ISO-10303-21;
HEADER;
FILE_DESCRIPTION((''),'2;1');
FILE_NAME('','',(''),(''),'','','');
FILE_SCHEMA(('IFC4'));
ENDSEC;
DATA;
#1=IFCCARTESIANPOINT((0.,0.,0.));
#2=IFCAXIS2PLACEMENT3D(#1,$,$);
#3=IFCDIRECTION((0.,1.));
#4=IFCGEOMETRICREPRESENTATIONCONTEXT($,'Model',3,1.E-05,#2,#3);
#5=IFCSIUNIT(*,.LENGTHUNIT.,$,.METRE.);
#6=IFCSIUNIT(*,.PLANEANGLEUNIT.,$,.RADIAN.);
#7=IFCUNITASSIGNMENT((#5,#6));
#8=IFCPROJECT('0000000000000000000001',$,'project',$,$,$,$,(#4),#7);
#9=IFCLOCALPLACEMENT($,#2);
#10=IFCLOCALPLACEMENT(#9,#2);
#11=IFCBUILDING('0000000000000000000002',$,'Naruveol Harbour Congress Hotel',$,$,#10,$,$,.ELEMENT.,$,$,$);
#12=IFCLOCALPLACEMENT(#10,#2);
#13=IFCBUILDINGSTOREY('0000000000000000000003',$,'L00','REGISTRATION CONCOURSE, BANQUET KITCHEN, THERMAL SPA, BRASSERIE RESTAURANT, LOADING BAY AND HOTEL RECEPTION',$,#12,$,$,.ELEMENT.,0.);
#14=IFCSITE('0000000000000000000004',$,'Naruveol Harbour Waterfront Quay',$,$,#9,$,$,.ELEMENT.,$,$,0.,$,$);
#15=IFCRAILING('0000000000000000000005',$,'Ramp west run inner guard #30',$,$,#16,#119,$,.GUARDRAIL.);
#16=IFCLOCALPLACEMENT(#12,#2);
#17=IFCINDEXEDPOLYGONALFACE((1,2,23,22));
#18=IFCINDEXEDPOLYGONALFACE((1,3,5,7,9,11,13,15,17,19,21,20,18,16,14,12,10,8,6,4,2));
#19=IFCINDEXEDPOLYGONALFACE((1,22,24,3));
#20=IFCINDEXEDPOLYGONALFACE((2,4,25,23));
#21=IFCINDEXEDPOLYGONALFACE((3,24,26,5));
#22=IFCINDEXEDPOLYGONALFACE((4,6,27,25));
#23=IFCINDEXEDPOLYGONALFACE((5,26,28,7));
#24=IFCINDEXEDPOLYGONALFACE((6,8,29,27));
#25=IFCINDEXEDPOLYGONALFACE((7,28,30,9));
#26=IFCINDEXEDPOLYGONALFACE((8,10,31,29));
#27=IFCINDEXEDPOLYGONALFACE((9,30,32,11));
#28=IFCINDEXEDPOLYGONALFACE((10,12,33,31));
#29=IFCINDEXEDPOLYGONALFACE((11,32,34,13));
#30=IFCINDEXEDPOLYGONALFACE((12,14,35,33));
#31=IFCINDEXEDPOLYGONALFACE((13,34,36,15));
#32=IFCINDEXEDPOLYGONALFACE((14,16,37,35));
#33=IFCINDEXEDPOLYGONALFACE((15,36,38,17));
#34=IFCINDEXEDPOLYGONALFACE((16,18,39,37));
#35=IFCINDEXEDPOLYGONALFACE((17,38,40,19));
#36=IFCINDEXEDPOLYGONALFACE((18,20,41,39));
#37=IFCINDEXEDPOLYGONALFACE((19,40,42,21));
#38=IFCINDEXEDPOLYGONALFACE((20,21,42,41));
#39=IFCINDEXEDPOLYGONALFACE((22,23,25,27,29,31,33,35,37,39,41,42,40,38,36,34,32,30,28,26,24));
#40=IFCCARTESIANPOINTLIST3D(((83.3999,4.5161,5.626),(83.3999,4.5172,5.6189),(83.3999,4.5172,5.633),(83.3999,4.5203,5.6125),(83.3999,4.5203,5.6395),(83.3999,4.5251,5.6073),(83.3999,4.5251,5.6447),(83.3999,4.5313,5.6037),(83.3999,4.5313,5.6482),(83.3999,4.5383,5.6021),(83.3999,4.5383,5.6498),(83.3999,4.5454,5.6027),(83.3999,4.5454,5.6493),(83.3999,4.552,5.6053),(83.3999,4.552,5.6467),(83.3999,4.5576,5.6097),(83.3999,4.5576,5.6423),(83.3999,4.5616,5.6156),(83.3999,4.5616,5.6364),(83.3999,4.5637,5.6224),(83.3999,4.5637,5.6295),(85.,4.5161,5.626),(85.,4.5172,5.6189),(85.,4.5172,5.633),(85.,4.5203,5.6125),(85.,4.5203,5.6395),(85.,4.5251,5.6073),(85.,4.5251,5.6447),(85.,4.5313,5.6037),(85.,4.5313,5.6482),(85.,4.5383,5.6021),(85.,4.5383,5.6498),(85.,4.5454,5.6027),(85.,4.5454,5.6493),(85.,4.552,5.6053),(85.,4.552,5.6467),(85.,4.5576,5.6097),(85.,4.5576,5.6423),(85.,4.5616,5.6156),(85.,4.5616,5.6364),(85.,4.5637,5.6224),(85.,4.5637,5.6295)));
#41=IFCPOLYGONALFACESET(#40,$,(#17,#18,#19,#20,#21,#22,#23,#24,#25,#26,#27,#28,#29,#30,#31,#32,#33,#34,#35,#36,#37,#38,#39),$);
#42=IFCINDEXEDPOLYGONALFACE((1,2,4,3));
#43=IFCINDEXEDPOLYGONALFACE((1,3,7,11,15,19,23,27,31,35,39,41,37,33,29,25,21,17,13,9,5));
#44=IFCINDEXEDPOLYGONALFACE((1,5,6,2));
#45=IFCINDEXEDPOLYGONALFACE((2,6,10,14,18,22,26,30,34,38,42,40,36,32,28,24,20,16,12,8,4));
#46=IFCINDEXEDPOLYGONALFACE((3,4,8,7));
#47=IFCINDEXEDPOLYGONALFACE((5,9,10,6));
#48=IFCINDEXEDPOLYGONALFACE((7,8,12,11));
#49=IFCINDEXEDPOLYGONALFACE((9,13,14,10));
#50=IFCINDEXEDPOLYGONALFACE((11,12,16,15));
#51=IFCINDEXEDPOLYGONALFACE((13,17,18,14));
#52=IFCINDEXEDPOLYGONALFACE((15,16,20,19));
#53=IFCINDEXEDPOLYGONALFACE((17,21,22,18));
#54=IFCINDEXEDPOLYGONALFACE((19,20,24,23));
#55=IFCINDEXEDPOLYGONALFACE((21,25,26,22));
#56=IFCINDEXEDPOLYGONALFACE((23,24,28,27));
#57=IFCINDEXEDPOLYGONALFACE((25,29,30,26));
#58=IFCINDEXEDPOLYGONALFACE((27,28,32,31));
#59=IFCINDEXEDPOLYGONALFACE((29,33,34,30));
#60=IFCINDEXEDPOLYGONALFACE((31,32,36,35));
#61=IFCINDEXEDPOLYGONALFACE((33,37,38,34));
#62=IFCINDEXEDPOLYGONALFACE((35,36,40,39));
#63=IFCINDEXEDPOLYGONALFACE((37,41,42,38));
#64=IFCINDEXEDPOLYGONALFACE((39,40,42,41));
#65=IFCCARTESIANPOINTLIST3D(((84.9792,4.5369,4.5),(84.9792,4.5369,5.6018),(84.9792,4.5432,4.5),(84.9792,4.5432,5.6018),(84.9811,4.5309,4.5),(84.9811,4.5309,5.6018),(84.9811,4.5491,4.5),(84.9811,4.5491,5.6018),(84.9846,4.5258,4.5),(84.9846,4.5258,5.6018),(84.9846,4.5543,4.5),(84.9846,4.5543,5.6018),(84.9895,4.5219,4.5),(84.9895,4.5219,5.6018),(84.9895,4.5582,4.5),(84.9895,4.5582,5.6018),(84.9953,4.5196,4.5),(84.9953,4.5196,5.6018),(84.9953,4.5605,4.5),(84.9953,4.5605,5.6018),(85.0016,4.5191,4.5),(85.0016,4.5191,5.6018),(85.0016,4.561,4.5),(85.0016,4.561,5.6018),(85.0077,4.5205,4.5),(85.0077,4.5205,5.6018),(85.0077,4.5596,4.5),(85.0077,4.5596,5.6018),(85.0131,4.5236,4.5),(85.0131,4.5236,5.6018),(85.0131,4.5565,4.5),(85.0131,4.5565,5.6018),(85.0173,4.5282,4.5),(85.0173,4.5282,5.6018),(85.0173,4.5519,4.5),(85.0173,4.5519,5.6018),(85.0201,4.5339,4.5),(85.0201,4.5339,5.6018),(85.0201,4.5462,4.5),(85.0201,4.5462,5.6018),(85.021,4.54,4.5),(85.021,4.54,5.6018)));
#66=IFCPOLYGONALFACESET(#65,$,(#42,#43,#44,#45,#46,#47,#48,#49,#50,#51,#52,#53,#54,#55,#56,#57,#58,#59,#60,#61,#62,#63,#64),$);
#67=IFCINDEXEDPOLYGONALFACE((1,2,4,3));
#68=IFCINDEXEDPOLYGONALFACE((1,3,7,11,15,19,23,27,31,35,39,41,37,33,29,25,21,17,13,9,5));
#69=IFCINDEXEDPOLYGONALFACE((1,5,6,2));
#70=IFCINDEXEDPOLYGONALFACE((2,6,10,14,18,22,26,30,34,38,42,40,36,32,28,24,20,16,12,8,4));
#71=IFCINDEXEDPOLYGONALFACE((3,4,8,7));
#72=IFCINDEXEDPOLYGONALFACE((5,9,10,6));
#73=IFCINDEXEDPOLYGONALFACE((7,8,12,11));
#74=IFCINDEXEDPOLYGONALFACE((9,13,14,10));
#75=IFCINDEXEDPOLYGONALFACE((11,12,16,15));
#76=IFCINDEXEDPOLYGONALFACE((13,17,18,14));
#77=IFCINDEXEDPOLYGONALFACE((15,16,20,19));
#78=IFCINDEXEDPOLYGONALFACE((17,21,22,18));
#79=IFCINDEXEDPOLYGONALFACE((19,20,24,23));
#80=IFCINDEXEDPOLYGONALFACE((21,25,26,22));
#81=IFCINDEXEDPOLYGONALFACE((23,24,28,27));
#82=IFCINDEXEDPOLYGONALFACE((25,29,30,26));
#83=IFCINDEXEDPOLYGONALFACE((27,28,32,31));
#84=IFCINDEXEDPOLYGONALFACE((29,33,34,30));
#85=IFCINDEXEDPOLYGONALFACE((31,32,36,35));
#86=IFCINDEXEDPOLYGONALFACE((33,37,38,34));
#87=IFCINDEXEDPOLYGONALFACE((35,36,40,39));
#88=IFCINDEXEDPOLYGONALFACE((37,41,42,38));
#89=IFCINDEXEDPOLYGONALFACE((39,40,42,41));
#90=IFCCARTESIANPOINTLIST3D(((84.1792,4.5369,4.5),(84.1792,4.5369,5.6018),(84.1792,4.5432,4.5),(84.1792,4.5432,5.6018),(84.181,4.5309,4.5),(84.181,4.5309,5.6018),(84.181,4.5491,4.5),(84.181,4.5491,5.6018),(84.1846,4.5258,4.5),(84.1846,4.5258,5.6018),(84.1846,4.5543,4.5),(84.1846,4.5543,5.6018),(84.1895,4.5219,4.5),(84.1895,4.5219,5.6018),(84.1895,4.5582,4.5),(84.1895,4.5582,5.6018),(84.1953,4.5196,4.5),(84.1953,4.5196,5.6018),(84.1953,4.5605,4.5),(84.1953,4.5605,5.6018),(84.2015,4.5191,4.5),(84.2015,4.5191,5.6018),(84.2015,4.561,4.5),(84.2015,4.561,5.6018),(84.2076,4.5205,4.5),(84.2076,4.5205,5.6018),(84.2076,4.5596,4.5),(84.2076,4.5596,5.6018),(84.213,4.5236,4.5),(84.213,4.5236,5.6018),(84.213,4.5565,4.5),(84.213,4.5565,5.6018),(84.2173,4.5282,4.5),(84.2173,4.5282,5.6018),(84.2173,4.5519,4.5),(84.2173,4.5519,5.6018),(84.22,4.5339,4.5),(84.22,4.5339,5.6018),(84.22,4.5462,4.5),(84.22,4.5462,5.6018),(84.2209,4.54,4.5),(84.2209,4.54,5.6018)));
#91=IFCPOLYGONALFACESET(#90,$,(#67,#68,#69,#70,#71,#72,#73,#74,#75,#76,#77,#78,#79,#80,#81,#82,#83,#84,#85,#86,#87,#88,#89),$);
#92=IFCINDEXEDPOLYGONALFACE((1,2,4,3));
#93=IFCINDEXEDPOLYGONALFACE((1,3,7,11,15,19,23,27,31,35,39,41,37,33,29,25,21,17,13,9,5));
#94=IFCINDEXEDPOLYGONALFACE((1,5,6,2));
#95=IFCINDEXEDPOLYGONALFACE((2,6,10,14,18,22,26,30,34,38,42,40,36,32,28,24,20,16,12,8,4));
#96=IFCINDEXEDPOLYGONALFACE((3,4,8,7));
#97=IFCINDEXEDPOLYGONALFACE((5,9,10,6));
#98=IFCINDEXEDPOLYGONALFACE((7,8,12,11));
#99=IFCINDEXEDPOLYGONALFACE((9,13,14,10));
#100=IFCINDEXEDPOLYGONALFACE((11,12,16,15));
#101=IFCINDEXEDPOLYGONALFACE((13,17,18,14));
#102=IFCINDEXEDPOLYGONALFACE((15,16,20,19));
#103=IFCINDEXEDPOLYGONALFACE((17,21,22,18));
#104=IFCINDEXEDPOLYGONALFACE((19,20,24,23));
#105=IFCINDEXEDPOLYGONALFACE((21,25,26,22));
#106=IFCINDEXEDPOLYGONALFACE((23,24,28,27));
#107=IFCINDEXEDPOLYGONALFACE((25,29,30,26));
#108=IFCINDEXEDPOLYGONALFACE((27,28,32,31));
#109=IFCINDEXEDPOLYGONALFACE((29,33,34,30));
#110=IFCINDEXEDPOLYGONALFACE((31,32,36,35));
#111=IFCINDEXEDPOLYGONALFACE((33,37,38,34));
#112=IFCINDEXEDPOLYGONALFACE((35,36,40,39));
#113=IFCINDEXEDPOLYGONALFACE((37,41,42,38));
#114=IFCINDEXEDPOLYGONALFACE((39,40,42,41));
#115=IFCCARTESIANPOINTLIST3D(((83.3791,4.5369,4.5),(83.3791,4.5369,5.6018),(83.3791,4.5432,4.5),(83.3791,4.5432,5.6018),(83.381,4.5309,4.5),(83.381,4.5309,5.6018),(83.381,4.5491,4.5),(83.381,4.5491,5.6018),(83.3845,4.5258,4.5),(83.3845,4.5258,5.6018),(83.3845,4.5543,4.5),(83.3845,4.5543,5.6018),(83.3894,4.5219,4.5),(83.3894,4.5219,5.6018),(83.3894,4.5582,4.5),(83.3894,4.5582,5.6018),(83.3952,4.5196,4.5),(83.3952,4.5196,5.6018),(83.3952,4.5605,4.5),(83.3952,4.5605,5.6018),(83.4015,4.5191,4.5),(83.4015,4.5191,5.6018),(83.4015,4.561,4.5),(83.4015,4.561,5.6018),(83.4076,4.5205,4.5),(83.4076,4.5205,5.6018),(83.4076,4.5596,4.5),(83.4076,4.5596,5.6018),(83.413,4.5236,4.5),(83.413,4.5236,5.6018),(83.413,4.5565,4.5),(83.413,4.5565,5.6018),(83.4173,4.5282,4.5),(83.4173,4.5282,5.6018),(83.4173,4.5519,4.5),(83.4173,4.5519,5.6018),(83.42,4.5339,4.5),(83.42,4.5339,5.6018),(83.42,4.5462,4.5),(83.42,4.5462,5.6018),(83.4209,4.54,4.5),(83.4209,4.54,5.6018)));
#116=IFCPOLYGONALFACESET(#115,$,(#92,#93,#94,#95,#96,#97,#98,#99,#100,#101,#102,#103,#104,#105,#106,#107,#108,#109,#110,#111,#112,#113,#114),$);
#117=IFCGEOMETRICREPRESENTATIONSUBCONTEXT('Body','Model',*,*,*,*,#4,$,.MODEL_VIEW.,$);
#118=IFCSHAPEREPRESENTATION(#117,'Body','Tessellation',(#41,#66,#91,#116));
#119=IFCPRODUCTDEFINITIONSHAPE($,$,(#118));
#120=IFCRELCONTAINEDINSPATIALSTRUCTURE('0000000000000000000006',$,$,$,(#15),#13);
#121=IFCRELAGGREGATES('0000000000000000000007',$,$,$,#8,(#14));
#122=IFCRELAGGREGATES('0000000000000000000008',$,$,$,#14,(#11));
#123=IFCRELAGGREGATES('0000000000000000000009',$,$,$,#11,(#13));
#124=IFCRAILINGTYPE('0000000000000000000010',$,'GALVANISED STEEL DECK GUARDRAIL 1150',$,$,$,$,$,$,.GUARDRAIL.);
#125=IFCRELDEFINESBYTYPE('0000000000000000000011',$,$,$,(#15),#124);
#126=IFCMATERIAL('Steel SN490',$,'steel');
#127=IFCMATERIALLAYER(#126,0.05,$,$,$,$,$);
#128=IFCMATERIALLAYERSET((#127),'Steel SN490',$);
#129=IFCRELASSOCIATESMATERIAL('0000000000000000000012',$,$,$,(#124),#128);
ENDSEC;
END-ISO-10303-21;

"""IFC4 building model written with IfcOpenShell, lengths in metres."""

from ifc_helpers import new_model, si_unit, direction, frame, origin, origin_2d, place, context, subcontext, project, spatial, circle, extrude, material, layer, layer_set, type_object, element, save


model = new_model("IFC4")

# Units and contexts
model_context = context("Model", 3, precision=1e-05, world=origin(), true_north=direction((0.0, 1.0)))
body_context = subcontext(model_context, "Body", "Model", "MODEL_VIEW")
ifc_project = project(units=[si_unit("LENGTHUNIT", "METRE"), si_unit("PLANEANGLEUNIT", "RADIAN")], contexts=[model_context])

# Site, building, storey
site_placement = place(None, origin())
site = spatial("IfcSite", under=ifc_project, at=site_placement, Name="Naruveol Harbour Waterfront Quay", CompositionType="ELEMENT", RefElevation=0.0)
building_placement = place(site_placement, origin())
building = spatial("IfcBuilding", under=site, at=building_placement, Name="Naruveol Harbour Congress Hotel", CompositionType="ELEMENT")
storey_placement = place(building_placement, origin())
storey = spatial("IfcBuildingStorey", under=building, at=storey_placement, Name="L00", Description="REGISTRATION CONCOURSE, BANQUET KITCHEN, THERMAL SPA, BRASSERIE RESTAURANT, LOADING BAY AND HOTEL RECEPTION", CompositionType="ELEMENT", Elevation=0.0)

# Railing
ifc_material_1 = material(Name="Steel SN490", Category="steel")
ifc_layer_1 = layer(ifc_material_1, 0.05)
ifc_layer_set_1 = layer_set([ifc_layer_1], Name="Steel SN490")
railing_type = type_object("IfcRailingType", Name="GALVANISED STEEL DECK GUARDRAIL 1150", PredefinedType="GUARDRAIL", material=ifc_layer_set_1)
railing_1_placement = place(storey_placement, frame((85.0, 4.54, 4.5)))
element("IfcRailing", 1, at=railing_1_placement, inside=storey, type_object=railing_type, Name="Ramp west run inner guard #30", PredefinedType="GUARDRAIL", context=body_context, shape_type="SweptSolid", body=[
    extrude(circle(Radius=0.0239, at=origin_2d()), frame((0.0, 0.0, 1.126), z_axis=(-1.0, 0.0, 0.0), x_axis=(0.0, -1.0, 0.0)), (0.0, 0.0, 1.0), 1.6001),
    extrude(circle(Radius=0.021, at=origin_2d()), origin(), (0.0, 0.0, 1.0), 1.1018),
    extrude(circle(Radius=0.021, at=origin_2d()), frame((-0.8, 0.0, 0.0)), (0.0, 0.0, 1.0), 1.1018),
    extrude(circle(Radius=0.021, at=origin_2d()), frame((-1.6001, 0.0, 0.0)), (0.0, 0.0, 1.0), 1.1018),
])

save(model, "model.ifc")
